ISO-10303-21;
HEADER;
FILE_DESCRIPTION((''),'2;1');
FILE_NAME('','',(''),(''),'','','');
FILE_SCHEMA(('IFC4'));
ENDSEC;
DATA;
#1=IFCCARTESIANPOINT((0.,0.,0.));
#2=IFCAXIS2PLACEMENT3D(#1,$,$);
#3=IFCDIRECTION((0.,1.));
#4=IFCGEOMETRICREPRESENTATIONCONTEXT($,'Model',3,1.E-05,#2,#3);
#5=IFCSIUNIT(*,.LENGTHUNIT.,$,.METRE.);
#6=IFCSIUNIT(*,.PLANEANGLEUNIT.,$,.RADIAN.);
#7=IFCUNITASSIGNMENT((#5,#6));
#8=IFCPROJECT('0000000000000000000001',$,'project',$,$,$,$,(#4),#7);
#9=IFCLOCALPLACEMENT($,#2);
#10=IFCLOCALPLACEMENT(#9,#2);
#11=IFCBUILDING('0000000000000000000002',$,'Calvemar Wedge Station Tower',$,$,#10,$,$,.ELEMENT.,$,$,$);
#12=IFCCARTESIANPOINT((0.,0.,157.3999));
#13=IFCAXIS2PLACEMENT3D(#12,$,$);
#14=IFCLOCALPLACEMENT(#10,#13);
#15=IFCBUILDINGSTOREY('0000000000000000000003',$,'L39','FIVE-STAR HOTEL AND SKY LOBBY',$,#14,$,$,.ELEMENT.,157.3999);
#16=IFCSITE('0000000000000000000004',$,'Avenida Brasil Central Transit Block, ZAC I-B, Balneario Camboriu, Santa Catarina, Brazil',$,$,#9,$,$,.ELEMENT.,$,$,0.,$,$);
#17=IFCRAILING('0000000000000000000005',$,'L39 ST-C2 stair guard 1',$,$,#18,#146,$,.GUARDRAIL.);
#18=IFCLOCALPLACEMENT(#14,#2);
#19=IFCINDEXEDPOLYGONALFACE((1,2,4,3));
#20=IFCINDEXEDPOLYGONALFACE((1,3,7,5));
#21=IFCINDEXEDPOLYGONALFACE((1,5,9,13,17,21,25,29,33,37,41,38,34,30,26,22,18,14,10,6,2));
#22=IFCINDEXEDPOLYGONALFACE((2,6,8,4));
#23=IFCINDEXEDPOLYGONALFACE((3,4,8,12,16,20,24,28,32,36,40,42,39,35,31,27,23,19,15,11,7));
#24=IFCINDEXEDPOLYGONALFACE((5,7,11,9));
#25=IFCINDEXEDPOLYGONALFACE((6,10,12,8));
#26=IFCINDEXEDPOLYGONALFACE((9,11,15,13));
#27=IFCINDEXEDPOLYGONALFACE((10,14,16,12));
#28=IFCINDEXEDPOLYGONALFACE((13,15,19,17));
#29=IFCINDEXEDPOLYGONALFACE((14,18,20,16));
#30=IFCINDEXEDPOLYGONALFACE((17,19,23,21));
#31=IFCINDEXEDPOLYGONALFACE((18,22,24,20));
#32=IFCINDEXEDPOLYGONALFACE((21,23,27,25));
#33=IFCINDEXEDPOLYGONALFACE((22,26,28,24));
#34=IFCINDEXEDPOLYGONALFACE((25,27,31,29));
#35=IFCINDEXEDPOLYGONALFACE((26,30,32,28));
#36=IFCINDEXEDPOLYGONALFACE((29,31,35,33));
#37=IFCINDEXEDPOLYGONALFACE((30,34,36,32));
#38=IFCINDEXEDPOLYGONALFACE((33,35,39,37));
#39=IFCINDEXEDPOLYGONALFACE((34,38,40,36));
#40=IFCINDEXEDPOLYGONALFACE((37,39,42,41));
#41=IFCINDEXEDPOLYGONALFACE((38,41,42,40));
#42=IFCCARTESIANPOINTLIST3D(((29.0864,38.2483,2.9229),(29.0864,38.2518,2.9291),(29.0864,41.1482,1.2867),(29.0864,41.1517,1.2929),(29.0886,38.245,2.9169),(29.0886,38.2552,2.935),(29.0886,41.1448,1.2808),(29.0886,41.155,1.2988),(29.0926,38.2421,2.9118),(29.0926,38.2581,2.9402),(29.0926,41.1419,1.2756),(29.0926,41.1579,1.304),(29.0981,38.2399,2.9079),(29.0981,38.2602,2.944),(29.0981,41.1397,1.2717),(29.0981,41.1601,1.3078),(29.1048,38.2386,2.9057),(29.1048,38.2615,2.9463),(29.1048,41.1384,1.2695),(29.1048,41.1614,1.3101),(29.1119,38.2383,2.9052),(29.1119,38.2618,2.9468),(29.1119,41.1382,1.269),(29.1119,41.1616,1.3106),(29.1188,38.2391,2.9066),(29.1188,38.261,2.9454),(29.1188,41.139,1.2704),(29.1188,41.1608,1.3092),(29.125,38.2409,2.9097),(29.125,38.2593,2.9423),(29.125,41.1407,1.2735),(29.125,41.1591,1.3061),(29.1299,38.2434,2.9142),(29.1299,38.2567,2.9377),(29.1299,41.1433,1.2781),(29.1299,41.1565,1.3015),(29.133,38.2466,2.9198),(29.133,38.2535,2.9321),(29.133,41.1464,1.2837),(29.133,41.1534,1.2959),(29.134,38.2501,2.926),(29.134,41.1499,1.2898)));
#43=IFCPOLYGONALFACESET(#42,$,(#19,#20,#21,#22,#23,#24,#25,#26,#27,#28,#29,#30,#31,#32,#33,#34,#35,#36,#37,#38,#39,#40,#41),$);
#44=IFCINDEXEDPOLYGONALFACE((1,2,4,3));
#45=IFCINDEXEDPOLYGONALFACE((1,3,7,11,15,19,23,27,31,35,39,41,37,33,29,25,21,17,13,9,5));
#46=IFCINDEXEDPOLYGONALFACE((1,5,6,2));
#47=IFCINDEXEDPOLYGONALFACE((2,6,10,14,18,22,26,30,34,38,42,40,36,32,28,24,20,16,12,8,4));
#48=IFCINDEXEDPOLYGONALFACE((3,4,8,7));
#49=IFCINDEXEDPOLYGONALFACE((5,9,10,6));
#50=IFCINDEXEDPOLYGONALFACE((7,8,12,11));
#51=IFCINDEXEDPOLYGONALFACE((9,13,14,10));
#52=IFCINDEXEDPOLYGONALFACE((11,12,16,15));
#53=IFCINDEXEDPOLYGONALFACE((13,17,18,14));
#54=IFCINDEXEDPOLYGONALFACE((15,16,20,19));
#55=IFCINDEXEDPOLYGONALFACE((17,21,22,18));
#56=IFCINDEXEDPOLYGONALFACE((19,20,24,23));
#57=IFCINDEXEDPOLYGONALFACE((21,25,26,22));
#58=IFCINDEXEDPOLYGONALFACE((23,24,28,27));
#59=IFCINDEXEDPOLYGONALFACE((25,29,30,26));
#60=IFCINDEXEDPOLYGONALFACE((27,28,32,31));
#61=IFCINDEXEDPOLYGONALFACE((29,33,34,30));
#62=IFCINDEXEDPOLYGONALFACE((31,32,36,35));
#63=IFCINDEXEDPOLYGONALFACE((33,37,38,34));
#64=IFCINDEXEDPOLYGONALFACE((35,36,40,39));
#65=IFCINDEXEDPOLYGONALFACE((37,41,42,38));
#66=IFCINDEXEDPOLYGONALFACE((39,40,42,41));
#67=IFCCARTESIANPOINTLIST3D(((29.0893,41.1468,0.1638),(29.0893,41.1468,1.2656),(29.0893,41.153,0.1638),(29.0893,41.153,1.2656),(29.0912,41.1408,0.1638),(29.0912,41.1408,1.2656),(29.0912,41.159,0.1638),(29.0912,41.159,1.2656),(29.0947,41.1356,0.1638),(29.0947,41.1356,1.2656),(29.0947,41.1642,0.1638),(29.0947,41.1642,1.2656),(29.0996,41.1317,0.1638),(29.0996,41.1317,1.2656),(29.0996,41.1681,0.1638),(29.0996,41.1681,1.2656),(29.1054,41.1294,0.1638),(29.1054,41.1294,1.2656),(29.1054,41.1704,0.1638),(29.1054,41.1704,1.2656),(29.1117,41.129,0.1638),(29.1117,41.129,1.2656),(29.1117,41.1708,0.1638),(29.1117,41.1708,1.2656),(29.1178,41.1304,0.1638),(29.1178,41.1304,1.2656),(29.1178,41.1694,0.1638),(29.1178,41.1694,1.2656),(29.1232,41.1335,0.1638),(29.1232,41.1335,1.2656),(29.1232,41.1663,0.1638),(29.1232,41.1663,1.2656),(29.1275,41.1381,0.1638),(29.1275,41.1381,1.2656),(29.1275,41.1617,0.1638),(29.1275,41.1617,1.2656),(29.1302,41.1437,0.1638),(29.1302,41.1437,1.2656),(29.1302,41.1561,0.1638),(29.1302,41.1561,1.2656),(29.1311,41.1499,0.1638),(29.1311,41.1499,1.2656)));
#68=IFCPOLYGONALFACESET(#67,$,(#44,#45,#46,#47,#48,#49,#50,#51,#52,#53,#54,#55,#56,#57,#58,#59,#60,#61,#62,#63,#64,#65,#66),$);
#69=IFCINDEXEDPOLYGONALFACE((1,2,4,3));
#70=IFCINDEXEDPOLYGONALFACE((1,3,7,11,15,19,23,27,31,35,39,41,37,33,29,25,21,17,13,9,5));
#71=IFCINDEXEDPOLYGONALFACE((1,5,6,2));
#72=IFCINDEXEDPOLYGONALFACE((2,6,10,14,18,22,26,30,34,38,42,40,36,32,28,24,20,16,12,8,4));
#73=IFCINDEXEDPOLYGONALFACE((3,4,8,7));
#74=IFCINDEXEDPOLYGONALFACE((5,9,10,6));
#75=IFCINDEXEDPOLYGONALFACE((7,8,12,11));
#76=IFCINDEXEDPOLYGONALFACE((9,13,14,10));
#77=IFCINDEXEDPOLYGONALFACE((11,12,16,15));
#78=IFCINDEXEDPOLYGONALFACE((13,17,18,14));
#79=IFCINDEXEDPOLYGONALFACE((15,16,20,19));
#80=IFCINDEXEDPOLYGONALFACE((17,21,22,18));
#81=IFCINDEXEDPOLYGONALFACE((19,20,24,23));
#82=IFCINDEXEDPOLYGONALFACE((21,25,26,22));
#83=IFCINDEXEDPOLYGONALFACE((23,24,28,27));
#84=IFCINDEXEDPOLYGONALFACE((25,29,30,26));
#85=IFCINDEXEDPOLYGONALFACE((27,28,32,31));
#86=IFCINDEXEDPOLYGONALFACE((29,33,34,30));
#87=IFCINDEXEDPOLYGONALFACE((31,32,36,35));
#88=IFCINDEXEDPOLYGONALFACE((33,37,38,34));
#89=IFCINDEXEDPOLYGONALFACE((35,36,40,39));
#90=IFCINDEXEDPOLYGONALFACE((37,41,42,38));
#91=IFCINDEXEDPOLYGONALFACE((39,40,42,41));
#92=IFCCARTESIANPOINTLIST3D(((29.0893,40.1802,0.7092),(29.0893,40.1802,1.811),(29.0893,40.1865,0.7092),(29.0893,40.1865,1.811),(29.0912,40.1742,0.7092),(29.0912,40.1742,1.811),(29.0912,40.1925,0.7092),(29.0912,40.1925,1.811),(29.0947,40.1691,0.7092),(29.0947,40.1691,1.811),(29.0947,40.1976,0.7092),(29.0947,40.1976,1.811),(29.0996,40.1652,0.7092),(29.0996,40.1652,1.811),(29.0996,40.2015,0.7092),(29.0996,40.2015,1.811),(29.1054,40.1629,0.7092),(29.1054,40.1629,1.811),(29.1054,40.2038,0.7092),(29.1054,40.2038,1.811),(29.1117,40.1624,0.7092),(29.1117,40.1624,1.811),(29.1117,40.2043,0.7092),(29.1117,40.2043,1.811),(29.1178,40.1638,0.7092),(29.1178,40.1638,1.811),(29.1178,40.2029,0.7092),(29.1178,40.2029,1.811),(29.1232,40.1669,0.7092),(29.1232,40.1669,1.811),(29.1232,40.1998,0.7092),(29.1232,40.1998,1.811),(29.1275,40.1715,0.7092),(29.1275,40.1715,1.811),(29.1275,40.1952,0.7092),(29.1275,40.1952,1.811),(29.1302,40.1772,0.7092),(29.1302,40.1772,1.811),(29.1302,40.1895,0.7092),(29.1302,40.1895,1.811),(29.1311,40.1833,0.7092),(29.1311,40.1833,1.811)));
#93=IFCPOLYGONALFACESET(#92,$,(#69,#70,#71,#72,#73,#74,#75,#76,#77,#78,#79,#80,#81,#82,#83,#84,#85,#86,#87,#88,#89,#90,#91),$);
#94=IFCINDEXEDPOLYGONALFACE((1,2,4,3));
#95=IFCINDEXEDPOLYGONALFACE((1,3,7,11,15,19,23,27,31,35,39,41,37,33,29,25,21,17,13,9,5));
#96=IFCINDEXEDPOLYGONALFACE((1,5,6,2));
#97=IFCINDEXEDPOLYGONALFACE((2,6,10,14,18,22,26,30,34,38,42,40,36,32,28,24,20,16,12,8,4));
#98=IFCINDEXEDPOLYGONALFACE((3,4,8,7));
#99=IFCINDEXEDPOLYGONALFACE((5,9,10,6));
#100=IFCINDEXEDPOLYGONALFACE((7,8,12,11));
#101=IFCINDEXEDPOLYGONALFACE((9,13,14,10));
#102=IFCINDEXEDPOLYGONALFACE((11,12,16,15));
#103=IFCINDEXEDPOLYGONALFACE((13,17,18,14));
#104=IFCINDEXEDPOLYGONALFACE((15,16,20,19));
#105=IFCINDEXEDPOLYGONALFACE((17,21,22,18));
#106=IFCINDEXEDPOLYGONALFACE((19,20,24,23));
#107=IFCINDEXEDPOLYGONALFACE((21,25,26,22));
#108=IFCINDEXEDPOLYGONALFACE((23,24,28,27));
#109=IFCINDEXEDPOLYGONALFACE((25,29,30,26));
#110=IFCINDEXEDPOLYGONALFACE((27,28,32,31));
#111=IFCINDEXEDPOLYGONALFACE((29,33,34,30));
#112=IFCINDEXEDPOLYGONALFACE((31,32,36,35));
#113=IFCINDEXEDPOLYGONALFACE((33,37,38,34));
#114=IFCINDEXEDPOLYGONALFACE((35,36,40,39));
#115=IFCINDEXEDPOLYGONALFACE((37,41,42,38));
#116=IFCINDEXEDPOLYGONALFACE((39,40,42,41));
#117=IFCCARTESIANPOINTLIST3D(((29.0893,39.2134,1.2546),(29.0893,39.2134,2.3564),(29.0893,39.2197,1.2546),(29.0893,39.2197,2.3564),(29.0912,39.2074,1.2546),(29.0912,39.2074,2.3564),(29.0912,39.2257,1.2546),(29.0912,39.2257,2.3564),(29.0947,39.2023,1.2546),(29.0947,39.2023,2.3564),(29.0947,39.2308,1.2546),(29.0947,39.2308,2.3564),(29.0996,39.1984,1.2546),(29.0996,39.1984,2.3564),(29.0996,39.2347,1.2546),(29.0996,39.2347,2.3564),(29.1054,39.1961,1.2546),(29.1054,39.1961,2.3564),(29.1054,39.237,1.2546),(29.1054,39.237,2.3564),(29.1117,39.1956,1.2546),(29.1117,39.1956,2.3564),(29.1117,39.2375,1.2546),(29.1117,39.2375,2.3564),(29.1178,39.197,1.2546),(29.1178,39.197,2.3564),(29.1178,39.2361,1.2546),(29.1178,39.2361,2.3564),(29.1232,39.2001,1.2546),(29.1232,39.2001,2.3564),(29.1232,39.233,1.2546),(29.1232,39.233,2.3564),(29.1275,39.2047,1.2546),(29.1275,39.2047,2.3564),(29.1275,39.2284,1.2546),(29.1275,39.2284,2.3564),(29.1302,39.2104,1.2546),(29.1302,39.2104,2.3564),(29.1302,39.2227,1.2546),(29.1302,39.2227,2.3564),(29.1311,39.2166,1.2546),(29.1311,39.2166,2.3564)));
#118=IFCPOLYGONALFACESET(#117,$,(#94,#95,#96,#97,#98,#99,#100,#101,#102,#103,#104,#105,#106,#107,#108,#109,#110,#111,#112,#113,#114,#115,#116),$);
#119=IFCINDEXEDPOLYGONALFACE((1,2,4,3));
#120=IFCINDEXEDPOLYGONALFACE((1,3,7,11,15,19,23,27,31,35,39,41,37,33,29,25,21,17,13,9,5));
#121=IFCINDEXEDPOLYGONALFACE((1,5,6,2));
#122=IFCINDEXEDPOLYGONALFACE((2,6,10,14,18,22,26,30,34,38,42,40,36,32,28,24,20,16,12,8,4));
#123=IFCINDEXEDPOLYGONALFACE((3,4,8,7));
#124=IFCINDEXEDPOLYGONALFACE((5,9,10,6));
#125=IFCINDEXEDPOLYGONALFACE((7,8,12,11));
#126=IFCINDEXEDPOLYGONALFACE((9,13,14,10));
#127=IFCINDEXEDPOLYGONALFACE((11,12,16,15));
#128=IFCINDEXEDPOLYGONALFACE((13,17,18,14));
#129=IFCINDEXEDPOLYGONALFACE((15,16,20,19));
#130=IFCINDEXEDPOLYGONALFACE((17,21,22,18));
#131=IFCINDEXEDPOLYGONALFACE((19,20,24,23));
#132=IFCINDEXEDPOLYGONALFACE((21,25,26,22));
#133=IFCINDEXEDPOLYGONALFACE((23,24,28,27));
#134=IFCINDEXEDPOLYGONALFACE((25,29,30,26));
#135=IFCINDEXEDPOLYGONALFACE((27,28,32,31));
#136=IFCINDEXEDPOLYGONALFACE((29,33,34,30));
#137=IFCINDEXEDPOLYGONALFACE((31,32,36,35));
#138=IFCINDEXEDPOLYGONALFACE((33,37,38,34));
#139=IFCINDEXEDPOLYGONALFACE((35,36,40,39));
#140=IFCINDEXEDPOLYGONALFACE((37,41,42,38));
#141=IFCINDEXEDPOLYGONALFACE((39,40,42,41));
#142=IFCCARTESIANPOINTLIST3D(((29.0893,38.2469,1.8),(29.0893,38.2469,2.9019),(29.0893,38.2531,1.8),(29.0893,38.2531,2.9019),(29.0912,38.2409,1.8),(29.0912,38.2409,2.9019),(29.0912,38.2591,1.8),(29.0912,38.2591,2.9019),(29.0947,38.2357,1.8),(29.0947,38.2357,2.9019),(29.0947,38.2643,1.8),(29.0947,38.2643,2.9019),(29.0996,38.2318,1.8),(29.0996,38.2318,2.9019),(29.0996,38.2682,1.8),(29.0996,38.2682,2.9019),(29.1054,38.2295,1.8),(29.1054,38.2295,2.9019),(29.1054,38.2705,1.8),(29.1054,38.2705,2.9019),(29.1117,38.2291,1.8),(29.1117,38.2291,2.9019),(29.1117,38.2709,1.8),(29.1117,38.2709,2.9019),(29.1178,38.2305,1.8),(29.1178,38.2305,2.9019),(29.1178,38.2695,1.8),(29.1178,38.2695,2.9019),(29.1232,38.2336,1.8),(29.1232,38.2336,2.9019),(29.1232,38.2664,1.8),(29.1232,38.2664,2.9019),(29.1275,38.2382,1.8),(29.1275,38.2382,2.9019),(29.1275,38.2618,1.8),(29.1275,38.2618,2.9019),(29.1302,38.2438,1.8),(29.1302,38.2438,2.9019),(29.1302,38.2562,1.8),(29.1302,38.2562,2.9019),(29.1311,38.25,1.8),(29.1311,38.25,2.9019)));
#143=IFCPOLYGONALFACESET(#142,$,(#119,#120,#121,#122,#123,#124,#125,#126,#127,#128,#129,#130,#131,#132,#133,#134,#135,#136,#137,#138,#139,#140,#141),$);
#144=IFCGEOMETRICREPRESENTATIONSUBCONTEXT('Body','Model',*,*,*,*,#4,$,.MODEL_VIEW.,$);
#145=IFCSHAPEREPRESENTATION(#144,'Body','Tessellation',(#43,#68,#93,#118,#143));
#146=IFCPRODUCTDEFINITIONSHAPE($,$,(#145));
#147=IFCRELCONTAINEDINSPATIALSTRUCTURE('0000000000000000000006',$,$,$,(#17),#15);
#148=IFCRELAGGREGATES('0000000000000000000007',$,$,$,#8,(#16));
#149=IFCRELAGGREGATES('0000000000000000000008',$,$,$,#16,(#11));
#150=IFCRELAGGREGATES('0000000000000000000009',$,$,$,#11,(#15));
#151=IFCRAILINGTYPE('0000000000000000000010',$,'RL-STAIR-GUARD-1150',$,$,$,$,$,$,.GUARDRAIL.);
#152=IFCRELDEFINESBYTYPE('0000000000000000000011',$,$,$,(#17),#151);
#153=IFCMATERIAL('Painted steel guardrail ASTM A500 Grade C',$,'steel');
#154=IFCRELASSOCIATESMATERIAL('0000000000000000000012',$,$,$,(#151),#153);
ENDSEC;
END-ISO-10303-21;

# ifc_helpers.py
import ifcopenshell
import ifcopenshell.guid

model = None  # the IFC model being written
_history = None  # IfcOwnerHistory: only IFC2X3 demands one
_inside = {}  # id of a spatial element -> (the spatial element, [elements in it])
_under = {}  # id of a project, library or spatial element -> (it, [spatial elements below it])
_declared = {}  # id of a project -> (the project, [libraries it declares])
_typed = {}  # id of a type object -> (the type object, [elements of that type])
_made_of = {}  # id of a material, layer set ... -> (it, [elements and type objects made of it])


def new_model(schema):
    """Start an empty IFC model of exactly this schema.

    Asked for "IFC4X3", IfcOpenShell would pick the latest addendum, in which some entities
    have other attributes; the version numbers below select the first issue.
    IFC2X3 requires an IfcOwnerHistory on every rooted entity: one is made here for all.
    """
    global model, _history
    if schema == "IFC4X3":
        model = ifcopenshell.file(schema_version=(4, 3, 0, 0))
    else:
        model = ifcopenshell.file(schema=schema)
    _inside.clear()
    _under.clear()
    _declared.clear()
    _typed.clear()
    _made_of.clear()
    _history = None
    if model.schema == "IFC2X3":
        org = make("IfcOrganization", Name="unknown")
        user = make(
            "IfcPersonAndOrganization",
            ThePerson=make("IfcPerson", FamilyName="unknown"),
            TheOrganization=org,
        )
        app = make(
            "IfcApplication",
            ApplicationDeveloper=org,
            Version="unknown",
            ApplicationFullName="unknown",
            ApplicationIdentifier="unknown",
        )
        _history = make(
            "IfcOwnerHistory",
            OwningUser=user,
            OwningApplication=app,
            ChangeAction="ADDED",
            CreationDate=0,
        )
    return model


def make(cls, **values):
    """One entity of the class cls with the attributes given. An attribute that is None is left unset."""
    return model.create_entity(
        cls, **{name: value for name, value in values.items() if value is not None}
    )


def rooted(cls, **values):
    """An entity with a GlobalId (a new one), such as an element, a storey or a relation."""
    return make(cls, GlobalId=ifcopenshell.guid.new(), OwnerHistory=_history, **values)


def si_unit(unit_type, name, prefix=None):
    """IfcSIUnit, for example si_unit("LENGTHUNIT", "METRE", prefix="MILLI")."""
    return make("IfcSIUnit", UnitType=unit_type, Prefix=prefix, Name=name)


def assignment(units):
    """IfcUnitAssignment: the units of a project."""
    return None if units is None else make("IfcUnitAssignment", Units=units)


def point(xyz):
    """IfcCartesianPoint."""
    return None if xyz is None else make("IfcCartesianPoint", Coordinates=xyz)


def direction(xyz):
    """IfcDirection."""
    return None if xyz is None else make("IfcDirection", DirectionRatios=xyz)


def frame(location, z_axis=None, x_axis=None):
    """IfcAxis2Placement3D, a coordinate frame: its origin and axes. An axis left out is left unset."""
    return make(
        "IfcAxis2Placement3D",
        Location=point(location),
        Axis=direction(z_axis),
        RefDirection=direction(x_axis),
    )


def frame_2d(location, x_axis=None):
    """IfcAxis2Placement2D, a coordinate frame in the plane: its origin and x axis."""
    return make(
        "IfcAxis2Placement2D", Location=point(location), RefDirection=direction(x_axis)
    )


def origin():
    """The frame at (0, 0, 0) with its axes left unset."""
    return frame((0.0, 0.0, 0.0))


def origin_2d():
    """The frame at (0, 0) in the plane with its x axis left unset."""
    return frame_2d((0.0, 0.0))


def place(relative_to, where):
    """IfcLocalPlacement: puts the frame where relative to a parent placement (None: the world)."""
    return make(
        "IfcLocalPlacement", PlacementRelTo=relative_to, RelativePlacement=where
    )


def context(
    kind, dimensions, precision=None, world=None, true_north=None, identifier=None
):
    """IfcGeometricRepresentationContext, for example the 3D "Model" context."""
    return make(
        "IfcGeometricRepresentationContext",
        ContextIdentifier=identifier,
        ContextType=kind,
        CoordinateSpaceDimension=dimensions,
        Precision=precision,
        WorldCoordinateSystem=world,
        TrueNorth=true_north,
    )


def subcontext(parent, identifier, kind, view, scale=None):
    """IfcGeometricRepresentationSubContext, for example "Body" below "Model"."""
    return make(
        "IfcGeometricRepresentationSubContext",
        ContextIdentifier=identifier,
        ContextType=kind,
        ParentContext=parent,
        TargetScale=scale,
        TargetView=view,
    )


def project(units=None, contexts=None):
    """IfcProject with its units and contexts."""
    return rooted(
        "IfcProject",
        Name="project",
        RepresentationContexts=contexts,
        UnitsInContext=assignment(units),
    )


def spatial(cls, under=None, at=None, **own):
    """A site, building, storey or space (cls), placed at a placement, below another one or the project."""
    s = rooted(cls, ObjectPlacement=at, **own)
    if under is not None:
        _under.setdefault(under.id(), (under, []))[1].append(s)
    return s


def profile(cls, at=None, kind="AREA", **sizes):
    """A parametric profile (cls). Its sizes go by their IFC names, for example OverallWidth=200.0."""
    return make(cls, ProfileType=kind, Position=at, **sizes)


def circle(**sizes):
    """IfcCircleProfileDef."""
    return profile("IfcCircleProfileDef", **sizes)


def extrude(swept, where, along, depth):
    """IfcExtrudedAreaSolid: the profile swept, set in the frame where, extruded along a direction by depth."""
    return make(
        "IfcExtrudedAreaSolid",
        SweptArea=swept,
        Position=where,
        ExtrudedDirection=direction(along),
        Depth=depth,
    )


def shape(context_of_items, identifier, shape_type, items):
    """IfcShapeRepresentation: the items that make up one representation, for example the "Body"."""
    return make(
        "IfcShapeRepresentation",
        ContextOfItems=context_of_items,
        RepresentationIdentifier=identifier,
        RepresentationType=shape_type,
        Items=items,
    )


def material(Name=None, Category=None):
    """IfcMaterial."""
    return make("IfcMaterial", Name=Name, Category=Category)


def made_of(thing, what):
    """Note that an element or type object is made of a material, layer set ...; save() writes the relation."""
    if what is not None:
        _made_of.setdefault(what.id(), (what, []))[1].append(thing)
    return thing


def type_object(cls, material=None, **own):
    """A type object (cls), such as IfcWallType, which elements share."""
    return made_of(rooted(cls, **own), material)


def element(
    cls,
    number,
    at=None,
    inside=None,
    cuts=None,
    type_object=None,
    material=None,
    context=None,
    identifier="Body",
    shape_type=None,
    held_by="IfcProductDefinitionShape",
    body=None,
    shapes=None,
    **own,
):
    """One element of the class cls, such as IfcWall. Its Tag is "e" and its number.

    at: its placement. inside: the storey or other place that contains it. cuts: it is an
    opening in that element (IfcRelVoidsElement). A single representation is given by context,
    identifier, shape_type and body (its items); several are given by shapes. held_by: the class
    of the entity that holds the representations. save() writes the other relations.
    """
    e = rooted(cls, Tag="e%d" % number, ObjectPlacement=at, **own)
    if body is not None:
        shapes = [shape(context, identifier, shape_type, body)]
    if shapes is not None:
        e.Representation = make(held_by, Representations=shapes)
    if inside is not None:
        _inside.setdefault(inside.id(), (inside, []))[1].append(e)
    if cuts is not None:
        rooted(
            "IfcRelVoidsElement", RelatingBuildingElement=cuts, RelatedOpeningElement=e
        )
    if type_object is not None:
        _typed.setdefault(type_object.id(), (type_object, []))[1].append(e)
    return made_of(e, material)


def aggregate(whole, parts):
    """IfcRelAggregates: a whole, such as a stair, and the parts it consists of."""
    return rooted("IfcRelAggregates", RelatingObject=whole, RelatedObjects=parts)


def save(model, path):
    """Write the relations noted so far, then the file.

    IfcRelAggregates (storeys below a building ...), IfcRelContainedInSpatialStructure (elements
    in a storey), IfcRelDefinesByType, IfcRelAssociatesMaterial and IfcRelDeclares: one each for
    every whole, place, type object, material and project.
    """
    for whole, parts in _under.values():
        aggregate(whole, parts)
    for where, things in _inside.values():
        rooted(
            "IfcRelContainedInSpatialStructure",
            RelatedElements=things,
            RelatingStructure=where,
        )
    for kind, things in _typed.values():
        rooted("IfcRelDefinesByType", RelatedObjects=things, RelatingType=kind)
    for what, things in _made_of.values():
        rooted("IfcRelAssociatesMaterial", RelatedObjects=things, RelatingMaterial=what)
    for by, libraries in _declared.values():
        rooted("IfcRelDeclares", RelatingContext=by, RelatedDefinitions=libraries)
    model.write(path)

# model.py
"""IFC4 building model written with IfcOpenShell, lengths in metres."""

from ifc_helpers import new_model, si_unit, direction, frame, origin, origin_2d, place, context, subcontext, project, spatial, circle, extrude, material, type_object, element, save


model = new_model("IFC4")

# Units and contexts
model_context = context("Model", 3, precision=1e-05, world=origin(), true_north=direction((0.0, 1.0)))
body_context = subcontext(model_context, "Body", "Model", "MODEL_VIEW")
ifc_project = project(units=[si_unit("LENGTHUNIT", "METRE"), si_unit("PLANEANGLEUNIT", "RADIAN")], contexts=[model_context])

# Site, building, storey
site_placement = place(None, origin())
site = spatial("IfcSite", under=ifc_project, at=site_placement, Name="Avenida Brasil Central Transit Block, ZAC I-B, Balneario Camboriu, Santa Catarina, Brazil", CompositionType="ELEMENT", RefElevation=0.0)
building_placement = place(site_placement, origin())
building = spatial("IfcBuilding", under=site, at=building_placement, Name="Calvemar Wedge Station Tower", CompositionType="ELEMENT")
storey_placement = place(building_placement, frame((0.0, 0.0, 157.3999)))
storey = spatial("IfcBuildingStorey", under=building, at=storey_placement, Name="L39", Description="FIVE-STAR HOTEL AND SKY LOBBY", CompositionType="ELEMENT", Elevation=157.3999)

# Railing
ifc_material_1 = material(Name="Painted steel guardrail ASTM A500 Grade C", Category="steel")
railing_type_1 = type_object("IfcRailingType", Name="RL-STAIR-GUARD-1150", PredefinedType="GUARDRAIL", material=ifc_material_1)
railing_1_placement = place(storey_placement, frame((29.1101, 41.1499, 0.1638)))
element("IfcRailing", 1, at=railing_1_placement, inside=storey, type_object=railing_type_1, Name="L39 ST-C2 stair guard 1", PredefinedType="GUARDRAIL", context=body_context, shape_type="SweptSolid", body=[
    extrude(circle(Radius=0.0239, at=origin_2d()), frame((0.0, 0.0, 1.126), z_axis=(0.0, -0.870929, 0.49141), x_axis=(1.0, 0.0, 0.0)), (0.0, 0.0, 1.0), 3.3296),
    extrude(circle(Radius=0.021, at=origin_2d()), origin(), (0.0, 0.0, 1.0), 1.1018),
    extrude(circle(Radius=0.021, at=origin_2d()), frame((0.0, -0.9666, 0.5454)), (0.0, 0.0, 1.0), 1.1018),
    extrude(circle(Radius=0.021, at=origin_2d()), frame((0.0, -1.9333, 1.0908)), (0.0, 0.0, 1.0), 1.1018),
    extrude(circle(Radius=0.021, at=origin_2d()), frame((0.0, -2.8999, 1.6362)), (0.0, 0.0, 1.0), 1.1018),
])

save(model, "model.ifc")
